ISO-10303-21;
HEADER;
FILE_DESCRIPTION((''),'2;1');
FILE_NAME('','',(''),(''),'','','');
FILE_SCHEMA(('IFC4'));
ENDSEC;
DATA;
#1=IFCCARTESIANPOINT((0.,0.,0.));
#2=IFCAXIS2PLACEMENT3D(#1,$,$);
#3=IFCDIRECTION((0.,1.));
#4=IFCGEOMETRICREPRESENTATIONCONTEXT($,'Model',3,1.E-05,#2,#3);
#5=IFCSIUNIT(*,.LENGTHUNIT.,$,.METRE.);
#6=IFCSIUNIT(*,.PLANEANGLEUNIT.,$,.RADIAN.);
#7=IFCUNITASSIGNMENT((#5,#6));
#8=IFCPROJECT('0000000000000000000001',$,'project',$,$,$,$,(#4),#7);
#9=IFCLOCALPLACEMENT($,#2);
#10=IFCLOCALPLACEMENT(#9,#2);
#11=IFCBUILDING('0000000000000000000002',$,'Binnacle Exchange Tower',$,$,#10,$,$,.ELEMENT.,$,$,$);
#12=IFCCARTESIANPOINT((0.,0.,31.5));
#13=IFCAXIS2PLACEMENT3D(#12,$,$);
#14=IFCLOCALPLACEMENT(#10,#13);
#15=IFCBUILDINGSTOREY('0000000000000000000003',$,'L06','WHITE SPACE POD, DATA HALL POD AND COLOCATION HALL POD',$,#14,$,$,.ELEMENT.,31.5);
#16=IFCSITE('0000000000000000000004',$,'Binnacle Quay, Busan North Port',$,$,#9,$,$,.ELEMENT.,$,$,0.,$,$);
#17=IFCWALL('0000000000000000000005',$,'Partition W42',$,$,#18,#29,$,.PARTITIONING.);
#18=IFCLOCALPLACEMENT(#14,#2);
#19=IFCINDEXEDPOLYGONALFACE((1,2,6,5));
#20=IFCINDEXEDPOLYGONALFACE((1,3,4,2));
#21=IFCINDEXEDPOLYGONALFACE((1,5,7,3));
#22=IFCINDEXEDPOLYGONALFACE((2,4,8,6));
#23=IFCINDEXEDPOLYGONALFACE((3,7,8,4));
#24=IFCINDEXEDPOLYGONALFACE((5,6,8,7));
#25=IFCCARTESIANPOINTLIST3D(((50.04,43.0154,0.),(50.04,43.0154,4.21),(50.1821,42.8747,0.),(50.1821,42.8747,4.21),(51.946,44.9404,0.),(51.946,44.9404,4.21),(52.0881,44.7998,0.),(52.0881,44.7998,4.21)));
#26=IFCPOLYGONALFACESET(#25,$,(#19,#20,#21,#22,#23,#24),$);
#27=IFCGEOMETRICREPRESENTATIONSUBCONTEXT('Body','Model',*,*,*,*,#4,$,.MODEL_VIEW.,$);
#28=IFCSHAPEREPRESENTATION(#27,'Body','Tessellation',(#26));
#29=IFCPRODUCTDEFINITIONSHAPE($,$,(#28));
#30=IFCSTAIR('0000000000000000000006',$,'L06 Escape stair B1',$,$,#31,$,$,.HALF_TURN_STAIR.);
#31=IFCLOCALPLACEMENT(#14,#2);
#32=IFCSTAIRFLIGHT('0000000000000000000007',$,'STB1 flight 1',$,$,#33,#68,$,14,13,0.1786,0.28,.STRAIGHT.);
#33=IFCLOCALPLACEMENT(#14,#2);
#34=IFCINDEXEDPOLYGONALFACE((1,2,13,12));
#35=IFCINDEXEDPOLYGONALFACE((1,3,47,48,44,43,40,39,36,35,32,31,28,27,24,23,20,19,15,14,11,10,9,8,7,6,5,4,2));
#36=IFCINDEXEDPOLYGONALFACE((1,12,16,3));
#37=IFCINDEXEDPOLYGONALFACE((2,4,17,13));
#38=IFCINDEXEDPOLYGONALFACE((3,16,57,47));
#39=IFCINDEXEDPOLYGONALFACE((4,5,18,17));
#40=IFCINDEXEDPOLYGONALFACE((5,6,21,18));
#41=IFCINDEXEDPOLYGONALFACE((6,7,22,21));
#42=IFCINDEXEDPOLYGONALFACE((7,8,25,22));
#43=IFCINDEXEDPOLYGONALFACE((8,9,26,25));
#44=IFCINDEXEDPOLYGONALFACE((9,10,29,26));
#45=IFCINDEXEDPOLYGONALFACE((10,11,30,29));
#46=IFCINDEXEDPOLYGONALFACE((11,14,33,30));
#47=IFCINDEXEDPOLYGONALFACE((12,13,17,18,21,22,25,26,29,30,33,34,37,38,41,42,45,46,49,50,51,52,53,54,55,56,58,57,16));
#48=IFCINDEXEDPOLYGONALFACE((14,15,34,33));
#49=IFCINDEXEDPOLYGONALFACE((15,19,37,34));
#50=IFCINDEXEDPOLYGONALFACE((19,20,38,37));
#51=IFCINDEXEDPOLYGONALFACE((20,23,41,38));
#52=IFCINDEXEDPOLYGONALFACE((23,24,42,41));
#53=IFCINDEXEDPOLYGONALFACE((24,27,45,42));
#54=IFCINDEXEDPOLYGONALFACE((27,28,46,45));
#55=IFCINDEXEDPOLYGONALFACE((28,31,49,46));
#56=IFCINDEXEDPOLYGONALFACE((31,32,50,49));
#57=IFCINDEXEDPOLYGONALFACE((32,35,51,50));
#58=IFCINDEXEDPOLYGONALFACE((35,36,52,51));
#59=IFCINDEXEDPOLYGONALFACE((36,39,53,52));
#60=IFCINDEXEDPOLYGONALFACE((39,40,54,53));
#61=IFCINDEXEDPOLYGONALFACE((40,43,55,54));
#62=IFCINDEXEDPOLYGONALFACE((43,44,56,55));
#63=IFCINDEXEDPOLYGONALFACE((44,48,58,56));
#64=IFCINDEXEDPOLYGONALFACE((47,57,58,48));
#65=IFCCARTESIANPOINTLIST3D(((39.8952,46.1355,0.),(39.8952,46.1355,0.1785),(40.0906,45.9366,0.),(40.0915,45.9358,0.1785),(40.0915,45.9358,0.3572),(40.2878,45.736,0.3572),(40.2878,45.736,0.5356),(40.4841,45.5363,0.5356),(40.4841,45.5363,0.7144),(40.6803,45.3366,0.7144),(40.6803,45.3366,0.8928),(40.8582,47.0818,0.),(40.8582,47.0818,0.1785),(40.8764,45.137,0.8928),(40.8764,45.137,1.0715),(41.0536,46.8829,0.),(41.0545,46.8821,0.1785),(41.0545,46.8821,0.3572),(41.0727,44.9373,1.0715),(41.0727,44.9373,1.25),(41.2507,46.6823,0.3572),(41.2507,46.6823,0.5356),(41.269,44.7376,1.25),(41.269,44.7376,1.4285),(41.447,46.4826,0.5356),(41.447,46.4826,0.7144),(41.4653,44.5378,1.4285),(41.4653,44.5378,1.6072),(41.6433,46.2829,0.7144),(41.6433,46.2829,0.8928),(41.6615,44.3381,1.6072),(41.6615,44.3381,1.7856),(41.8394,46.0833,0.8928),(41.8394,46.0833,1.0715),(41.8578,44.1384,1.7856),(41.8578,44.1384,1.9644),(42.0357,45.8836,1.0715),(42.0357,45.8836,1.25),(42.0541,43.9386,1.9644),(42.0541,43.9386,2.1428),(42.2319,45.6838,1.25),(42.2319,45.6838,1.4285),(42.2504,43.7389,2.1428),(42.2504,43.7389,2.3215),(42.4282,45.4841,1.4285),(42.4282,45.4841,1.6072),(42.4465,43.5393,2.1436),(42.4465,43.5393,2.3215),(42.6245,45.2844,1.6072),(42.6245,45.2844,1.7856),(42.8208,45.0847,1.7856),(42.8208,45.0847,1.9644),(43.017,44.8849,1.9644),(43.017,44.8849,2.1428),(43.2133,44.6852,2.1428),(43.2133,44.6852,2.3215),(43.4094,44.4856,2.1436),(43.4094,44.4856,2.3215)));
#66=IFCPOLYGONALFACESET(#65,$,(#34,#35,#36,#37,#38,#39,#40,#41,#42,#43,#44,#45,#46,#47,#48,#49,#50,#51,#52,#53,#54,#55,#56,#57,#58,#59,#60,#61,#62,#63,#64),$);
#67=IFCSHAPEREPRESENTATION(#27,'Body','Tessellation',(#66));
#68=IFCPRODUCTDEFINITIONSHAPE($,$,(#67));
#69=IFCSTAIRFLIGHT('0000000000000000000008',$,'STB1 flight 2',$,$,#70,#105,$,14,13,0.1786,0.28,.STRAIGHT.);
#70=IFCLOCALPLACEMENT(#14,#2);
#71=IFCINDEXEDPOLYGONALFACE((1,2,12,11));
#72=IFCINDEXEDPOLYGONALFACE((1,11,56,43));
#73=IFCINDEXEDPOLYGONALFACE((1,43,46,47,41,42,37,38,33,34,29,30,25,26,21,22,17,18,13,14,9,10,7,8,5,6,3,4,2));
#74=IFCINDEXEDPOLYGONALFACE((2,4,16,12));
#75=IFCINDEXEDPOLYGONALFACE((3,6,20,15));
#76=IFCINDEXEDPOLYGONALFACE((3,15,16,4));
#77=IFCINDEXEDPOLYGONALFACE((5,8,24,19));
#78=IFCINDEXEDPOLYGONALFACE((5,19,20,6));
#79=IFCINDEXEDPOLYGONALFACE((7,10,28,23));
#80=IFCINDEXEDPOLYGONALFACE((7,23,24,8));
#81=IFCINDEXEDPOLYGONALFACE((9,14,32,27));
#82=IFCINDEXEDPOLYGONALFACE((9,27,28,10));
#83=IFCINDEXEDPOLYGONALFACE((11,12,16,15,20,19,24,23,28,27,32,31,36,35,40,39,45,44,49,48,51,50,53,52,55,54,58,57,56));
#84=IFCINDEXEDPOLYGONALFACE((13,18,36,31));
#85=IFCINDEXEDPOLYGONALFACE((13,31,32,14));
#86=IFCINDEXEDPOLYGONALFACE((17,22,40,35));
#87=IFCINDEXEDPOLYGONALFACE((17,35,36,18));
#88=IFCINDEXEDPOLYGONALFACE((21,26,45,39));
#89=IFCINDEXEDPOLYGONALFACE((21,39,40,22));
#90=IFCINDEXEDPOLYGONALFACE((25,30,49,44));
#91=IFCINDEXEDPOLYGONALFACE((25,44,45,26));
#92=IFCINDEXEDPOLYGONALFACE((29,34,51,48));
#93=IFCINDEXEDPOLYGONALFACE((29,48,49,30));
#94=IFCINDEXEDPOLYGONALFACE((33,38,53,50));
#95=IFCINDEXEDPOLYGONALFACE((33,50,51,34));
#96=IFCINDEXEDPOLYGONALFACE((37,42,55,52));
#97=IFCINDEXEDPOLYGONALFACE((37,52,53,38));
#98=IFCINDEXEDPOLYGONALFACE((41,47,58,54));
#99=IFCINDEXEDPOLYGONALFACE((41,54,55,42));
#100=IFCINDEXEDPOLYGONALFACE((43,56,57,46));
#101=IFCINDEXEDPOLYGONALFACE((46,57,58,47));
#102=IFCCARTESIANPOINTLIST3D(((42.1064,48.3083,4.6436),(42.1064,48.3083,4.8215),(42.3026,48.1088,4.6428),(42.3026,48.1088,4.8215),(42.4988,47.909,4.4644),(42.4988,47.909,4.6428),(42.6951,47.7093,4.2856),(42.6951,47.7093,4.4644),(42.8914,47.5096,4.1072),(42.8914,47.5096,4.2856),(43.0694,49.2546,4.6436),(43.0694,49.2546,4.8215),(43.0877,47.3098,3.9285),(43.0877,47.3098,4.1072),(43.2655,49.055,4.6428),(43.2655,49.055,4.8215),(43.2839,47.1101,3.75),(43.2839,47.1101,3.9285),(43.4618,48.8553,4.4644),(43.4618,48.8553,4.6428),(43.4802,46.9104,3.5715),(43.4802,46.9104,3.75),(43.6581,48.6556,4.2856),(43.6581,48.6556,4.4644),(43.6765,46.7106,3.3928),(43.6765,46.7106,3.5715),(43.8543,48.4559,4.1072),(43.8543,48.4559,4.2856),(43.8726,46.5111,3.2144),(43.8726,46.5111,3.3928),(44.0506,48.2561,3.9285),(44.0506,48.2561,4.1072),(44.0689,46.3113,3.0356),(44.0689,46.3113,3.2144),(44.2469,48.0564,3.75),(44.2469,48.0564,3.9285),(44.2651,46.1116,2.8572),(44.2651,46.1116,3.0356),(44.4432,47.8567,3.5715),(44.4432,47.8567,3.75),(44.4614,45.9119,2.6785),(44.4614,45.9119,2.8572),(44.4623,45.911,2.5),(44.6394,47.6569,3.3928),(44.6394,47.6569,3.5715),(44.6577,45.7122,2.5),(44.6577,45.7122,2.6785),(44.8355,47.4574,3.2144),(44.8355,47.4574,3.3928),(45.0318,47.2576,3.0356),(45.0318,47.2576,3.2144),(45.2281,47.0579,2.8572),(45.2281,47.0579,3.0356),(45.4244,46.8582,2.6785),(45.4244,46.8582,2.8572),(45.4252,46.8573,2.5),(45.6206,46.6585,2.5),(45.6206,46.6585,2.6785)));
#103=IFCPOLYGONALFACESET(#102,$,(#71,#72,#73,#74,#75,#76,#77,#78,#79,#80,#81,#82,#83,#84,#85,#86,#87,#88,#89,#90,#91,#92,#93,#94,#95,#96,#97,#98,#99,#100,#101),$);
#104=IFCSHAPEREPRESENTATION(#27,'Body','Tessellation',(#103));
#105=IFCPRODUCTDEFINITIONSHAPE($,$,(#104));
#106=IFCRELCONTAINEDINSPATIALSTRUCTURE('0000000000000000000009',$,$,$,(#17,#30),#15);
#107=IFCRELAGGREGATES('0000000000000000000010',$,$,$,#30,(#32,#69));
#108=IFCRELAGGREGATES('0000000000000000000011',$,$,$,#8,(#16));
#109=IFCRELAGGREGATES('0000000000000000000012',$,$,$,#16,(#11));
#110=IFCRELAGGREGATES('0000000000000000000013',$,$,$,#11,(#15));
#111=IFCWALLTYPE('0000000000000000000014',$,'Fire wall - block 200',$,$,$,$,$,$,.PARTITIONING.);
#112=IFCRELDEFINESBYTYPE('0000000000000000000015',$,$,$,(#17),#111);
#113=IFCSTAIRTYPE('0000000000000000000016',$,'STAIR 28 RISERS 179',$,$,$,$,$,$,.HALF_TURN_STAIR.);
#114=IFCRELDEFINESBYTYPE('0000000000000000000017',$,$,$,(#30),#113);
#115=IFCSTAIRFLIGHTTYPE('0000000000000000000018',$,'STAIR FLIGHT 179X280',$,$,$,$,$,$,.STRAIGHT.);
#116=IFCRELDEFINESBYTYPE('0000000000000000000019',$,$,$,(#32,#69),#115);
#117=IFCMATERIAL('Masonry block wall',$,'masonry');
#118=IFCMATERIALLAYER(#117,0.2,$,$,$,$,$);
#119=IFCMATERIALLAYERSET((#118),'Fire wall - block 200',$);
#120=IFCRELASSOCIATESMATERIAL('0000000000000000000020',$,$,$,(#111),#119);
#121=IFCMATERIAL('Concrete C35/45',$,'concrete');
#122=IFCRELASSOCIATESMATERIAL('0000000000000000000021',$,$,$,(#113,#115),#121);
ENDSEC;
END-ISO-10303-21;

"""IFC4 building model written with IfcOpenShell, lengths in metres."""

from ifc_helpers import new_model, si_unit, direction, frame, frame_2d, origin, place, context, subcontext, project, spatial, polyline, rectangle, outline, extrude, material, layer, layer_set, type_object, element, aggregate, save


model = new_model("IFC4")

# Units and contexts
model_context = context("Model", 3, precision=1e-05, world=origin(), true_north=direction((0.0, 1.0)))
body_context = subcontext(model_context, "Body", "Model", "MODEL_VIEW")
ifc_project = project(units=[si_unit("LENGTHUNIT", "METRE"), si_unit("PLANEANGLEUNIT", "RADIAN")], contexts=[model_context])

# Site, building, storey
site_placement = place(None, origin())
site = spatial("IfcSite", under=ifc_project, at=site_placement, Name="Binnacle Quay, Busan North Port", CompositionType="ELEMENT", RefElevation=0.0)
building_placement = place(site_placement, origin())
building = spatial("IfcBuilding", under=site, at=building_placement, Name="Binnacle Exchange Tower", CompositionType="ELEMENT")
storey_placement = place(building_placement, frame((0.0, 0.0, 31.5)))
storey = spatial("IfcBuildingStorey", under=building, at=storey_placement, Name="L06", Description="WHITE SPACE POD, DATA HALL POD AND COLOCATION HALL POD", CompositionType="ELEMENT", Elevation=31.5)

# Wall
ifc_material_1 = material(Name="Masonry block wall", Category="masonry")
ifc_layer_1 = layer(ifc_material_1, 0.2)
ifc_layer_set_1 = layer_set([ifc_layer_1], Name="Fire wall - block 200")
wall_type_1 = type_object("IfcWallType", Name="Fire wall - block 200", PredefinedType="PARTITIONING", material=ifc_layer_set_1)
wall_1_placement = place(storey_placement, frame((50.1111, 42.9451, 0.0), z_axis=(0.0, 0.0, 1.0), x_axis=(0.703583, 0.710613, 0.0)))
element("IfcWall", 1, at=wall_1_placement, inside=storey, type_object=wall_type_1, Name="Partition W42", PredefinedType="PARTITIONING", context=body_context, shape_type="SweptSolid", body=[
    extrude(rectangle(XDim=2.709, YDim=0.2, at=frame_2d((1.3545, 0.0))), origin(), (0.0, 0.0, 1.0), 4.21),
])

# Stair, stair flights
ifc_material_2 = material(Name="Concrete C35/45", Category="concrete")
stair_type = type_object("IfcStairType", Name="STAIR 28 RISERS 179", PredefinedType="HALF_TURN_STAIR", material=ifc_material_2)
stair_placement = place(storey_placement, origin())
stair = element("IfcStair", 2, at=stair_placement, inside=storey, type_object=stair_type, Name="L06 Escape stair B1", PredefinedType="HALF_TURN_STAIR")
stair_flight_type = type_object("IfcStairFlightType", Name="STAIR FLIGHT 179X280", PredefinedType="STRAIGHT", material=ifc_material_2)
stair_flight_1_placement = place(storey_placement, frame((40.3767, 46.6086, 0.0), z_axis=(0.0, 0.0, 1.0), x_axis=(0.700909, -0.71325, 0.0)))
stair_flight_1 = element("IfcStairFlight", 3, at=stair_flight_1_placement, type_object=stair_flight_type, Name="STB1 flight 1", NumberOfRisers=14, NumberOfTreads=13, PredefinedType="STRAIGHT", RiserHeight=0.1786, TreadLength=0.28, context=body_context, shape_type="SweptSolid", body=[
    extrude(outline(polyline([(0.0, 0.0), (0.0, 0.1785), (0.28, 0.1785), (0.28, 0.3572), (0.5601, 0.3572), (0.5601, 0.5356), (0.8401, 0.5356), (0.8401, 0.7144), (1.1201, 0.7144), (1.1201, 0.8928), (1.3999, 0.8928), (1.3999, 1.0715), (1.6799, 1.0715), (1.6799, 1.25), (1.96, 1.25), (1.96, 1.4285), (2.24, 1.4285), (2.24, 1.6072), (2.52, 1.6072), (2.52, 1.7856), (2.8, 1.7856), (2.8, 1.9644), (3.0801, 1.9644), (3.0801, 2.1428), (3.3601, 2.1428), (3.3601, 2.3215), (3.6399, 2.3215), (3.6399, 2.5), (3.6399, 2.1436), (0.2788, 0.0), (0.0, 0.0)])), frame((0.0, 0.675, 0.0), z_axis=(0.0, -1.0, 0.0), x_axis=(1.0, 0.0, 0.0)), (0.0, 0.0, 1.0), 1.3501),
])
stair_flight_2_placement = place(storey_placement, frame((45.1392, 46.1853, 2.5), z_axis=(0.0, 0.0, 1.0), x_axis=(-0.700909, 0.71325, 0.0)))
stair_flight_2 = element("IfcStairFlight", 4, at=stair_flight_2_placement, type_object=stair_flight_type, Name="STB1 flight 2", NumberOfRisers=14, NumberOfTreads=13, PredefinedType="STRAIGHT", RiserHeight=0.1786, TreadLength=0.28, context=body_context, shape_type="SweptSolid", body=[
    extrude(outline(polyline([(0.0, 0.0), (0.0, 0.1785), (0.28, 0.1785), (0.28, 0.3572), (0.5601, 0.3572), (0.5601, 0.5356), (0.8401, 0.5356), (0.8401, 0.7144), (1.1201, 0.7144), (1.1201, 0.8928), (1.3999, 0.8928), (1.3999, 1.0715), (1.6799, 1.0715), (1.6799, 1.25), (1.96, 1.25), (1.96, 1.4285), (2.24, 1.4285), (2.24, 1.6072), (2.52, 1.6072), (2.52, 1.7856), (2.8, 1.7856), (2.8, 1.9644), (3.0801, 1.9644), (3.0801, 2.1428), (3.3601, 2.1428), (3.3601, 2.3215), (3.6399, 2.3215), (3.6399, 2.5), (3.6399, 2.1436), (0.2788, 0.0), (0.0, 0.0)])), frame((0.0, 0.675, 0.0), z_axis=(0.0, -1.0, 0.0), x_axis=(1.0, 0.0, 0.0)), (0.0, 0.0, 1.0), 1.3501),
])
aggregate(stair, [stair_flight_1, stair_flight_2])

save(model, "model.ifc")
